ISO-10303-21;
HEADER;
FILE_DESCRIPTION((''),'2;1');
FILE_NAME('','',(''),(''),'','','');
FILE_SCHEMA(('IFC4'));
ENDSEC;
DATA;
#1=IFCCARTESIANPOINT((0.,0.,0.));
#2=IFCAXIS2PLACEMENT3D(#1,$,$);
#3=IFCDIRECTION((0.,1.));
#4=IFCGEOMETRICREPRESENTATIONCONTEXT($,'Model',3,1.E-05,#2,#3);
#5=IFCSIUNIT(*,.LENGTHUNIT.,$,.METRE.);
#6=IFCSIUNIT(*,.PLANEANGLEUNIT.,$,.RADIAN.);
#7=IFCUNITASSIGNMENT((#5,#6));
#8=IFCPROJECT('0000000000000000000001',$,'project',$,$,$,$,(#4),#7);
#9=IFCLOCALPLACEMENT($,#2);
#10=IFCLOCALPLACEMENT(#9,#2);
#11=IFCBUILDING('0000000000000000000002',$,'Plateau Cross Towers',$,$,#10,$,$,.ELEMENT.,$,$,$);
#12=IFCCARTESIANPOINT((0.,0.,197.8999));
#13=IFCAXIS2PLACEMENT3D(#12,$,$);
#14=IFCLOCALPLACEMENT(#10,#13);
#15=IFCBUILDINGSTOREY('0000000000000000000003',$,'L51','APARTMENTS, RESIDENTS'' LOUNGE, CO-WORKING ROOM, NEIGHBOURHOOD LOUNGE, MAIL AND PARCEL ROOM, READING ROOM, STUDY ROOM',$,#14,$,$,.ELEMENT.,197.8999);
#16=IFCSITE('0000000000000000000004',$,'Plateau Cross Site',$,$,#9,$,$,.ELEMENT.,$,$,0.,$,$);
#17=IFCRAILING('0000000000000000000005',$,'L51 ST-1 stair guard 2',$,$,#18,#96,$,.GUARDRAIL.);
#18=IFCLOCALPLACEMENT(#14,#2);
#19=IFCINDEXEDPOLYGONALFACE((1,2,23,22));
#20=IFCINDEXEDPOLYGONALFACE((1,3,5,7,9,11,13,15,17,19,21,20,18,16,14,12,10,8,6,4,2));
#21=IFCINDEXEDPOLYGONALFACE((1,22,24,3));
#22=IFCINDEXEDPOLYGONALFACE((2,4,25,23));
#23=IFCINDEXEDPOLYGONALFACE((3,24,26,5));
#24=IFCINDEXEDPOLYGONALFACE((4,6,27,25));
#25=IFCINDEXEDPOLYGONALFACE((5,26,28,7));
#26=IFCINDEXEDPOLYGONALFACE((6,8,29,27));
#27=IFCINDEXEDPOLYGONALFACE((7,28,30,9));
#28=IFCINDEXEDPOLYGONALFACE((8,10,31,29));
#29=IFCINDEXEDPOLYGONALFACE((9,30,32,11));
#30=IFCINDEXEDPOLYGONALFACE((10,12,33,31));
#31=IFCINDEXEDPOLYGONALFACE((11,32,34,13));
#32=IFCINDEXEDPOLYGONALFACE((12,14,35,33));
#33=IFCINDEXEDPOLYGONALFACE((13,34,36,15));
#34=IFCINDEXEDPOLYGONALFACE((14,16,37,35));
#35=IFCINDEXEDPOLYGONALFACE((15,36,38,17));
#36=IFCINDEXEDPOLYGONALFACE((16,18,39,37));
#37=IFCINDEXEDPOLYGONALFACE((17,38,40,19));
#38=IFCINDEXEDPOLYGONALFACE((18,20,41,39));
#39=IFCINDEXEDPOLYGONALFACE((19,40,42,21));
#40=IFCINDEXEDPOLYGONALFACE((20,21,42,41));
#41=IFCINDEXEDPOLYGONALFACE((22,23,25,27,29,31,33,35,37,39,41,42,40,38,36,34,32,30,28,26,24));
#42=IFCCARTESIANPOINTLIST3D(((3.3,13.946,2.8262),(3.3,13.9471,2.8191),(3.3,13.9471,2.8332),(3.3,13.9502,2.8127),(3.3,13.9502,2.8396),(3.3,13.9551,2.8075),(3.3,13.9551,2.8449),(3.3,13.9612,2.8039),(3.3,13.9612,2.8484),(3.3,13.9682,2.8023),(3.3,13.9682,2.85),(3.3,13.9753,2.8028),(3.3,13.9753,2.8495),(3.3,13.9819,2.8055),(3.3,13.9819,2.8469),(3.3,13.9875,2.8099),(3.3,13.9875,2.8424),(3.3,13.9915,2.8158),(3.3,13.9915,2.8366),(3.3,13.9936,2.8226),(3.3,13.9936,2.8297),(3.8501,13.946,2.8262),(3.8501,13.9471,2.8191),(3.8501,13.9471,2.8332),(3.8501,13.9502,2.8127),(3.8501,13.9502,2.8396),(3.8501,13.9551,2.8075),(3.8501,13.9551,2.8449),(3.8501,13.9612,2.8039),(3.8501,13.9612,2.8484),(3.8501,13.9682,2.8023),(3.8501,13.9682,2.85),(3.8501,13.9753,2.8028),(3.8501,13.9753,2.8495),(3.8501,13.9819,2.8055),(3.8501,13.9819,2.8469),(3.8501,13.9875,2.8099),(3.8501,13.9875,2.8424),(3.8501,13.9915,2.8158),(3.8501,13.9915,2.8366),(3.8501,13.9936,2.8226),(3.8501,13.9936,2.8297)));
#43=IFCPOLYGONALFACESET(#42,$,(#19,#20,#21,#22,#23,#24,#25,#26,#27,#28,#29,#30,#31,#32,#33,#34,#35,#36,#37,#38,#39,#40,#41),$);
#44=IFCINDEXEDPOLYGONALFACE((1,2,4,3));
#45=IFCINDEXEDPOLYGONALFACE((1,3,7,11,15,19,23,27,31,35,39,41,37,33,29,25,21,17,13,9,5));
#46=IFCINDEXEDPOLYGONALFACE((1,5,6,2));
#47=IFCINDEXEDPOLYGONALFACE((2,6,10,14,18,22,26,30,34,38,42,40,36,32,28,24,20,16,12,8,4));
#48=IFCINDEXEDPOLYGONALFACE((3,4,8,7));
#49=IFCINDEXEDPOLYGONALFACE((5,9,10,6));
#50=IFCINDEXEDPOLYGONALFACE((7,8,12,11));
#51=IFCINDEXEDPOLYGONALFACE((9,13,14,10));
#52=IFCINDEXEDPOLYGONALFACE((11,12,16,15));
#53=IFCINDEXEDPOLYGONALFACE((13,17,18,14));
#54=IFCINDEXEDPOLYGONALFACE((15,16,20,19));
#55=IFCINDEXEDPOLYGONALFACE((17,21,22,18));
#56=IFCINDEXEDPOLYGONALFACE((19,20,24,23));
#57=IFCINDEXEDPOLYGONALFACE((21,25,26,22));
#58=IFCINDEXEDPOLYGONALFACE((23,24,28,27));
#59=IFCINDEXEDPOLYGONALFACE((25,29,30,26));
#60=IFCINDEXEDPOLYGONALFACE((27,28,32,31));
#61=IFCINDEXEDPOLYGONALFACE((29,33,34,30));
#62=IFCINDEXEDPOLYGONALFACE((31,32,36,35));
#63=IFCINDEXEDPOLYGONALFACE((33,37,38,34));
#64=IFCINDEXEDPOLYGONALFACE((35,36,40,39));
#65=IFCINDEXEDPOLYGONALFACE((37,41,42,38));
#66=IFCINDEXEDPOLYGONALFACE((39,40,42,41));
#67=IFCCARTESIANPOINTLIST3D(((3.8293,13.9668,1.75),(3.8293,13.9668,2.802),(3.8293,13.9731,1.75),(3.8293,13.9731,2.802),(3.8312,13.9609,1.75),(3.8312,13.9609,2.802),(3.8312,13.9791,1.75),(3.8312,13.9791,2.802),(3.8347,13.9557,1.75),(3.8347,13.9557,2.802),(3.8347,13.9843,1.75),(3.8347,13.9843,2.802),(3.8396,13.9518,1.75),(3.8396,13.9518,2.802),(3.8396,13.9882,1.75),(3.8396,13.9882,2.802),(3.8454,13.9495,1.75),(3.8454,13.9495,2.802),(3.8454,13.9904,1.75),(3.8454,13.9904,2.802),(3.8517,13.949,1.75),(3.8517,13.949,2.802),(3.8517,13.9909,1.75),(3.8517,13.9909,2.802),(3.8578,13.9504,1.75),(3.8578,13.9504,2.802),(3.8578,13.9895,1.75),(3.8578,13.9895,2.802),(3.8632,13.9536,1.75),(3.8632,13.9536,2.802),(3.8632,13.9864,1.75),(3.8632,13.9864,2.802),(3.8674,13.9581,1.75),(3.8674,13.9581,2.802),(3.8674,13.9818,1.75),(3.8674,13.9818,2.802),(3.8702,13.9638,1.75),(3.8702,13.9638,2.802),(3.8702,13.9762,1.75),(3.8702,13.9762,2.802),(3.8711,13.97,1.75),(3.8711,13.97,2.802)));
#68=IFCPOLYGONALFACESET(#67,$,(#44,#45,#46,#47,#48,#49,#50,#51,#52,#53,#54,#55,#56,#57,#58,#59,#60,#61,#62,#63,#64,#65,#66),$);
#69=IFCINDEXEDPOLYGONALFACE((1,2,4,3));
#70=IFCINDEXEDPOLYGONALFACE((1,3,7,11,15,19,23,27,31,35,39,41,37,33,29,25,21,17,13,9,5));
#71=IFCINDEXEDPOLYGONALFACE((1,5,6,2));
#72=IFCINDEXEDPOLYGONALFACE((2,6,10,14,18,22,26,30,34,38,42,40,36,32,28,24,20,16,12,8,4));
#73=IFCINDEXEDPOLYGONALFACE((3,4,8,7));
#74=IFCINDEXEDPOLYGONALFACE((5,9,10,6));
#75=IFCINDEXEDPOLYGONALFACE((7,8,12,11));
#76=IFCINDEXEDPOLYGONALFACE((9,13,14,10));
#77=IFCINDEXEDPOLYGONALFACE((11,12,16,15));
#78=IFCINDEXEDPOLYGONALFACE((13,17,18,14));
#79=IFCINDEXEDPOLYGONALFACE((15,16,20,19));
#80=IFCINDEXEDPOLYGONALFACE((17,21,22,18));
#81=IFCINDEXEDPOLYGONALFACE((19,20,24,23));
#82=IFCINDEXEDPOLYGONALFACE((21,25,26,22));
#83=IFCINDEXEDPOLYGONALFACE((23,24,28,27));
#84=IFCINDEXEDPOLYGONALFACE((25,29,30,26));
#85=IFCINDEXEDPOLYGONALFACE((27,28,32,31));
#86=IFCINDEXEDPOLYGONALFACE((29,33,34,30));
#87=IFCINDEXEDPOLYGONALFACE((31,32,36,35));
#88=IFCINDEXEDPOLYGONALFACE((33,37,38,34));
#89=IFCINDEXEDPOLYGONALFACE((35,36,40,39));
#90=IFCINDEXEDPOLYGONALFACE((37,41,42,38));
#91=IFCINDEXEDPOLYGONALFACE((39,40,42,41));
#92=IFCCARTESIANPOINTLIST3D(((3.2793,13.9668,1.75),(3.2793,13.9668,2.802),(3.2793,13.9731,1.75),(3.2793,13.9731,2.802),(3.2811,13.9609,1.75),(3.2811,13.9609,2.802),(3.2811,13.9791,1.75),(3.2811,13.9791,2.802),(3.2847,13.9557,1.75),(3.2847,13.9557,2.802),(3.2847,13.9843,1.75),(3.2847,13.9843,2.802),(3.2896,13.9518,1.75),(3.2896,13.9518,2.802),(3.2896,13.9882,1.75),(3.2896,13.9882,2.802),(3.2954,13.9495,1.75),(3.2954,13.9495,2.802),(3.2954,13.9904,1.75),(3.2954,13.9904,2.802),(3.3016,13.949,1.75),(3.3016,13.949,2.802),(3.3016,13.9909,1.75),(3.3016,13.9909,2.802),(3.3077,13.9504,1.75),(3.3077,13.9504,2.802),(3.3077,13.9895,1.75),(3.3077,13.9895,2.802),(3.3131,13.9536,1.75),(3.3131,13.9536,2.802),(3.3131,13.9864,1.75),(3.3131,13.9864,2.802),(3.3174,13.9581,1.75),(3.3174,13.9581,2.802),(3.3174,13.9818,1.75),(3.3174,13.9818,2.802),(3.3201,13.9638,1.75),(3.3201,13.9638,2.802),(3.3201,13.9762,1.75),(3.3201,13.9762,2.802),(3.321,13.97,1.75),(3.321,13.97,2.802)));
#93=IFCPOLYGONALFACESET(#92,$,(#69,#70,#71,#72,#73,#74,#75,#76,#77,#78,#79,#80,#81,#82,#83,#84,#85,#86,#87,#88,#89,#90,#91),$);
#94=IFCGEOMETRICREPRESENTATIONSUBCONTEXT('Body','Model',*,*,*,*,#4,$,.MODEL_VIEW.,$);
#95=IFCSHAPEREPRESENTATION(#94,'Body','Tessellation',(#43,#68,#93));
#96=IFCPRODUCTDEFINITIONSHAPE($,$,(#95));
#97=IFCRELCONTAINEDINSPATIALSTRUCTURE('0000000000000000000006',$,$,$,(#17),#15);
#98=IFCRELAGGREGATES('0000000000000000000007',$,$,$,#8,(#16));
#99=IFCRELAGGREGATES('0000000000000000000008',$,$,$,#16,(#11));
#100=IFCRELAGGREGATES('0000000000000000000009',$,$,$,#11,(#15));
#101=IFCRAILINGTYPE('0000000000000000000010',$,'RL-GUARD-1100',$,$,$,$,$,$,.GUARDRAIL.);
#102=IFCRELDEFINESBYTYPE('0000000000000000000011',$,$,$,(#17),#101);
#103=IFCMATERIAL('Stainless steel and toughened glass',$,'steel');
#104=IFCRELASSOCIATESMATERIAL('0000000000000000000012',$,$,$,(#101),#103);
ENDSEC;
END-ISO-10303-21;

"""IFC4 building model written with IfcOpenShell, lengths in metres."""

from ifc_helpers import new_model, si_unit, direction, frame, origin, origin_2d, place, context, subcontext, project, spatial, circle, extrude, material, type_object, element, save


model = new_model("IFC4")

# Units and contexts
model_context = context("Model", 3, precision=1e-05, world=origin(), true_north=direction((0.0, 1.0)))
body_context = subcontext(model_context, "Body", "Model", "MODEL_VIEW")
ifc_project = project(units=[si_unit("LENGTHUNIT", "METRE"), si_unit("PLANEANGLEUNIT", "RADIAN")], contexts=[model_context])

# Site, building, storey
site_placement = place(None, origin())
site = spatial("IfcSite", under=ifc_project, at=site_placement, Name="Plateau Cross Site", CompositionType="ELEMENT", RefElevation=0.0)
building_placement = place(site_placement, origin())
building = spatial("IfcBuilding", under=site, at=building_placement, Name="Plateau Cross Towers", CompositionType="ELEMENT")
storey_placement = place(building_placement, frame((0.0, 0.0, 197.8999)))
storey = spatial("IfcBuildingStorey", under=building, at=storey_placement, Name="L51", Description="APARTMENTS, RESIDENTS' LOUNGE, CO-WORKING ROOM, NEIGHBOURHOOD LOUNGE, MAIL AND PARCEL ROOM, READING ROOM, STUDY ROOM", CompositionType="ELEMENT", Elevation=197.8999)

# Railing
ifc_material_1 = material(Name="Stainless steel and toughened glass", Category="steel")
railing_type = type_object("IfcRailingType", Name="RL-GUARD-1100", PredefinedType="GUARDRAIL", material=ifc_material_1)
railing_1_placement = place(storey_placement, frame((3.8501, 13.97, 1.75)))
element("IfcRailing", 1, at=railing_1_placement, inside=storey, type_object=railing_type, Name="L51 ST-1 stair guard 2", PredefinedType="GUARDRAIL", context=body_context, shape_type="SweptSolid", body=[
    extrude(circle(Radius=0.0239, at=origin_2d()), frame((0.0, 0.0, 1.0762), z_axis=(-1.0, 0.0, 0.0), x_axis=(0.0, -1.0, 0.0)), (0.0, 0.0, 1.0), 0.55),
    extrude(circle(Radius=0.021, at=origin_2d()), origin(), (0.0, 0.0, 1.0), 1.052),
    extrude(circle(Radius=0.021, at=origin_2d()), frame((-0.55, 0.0, 0.0)), (0.0, 0.0, 1.0), 1.052),
])

save(model, "model.ifc")
